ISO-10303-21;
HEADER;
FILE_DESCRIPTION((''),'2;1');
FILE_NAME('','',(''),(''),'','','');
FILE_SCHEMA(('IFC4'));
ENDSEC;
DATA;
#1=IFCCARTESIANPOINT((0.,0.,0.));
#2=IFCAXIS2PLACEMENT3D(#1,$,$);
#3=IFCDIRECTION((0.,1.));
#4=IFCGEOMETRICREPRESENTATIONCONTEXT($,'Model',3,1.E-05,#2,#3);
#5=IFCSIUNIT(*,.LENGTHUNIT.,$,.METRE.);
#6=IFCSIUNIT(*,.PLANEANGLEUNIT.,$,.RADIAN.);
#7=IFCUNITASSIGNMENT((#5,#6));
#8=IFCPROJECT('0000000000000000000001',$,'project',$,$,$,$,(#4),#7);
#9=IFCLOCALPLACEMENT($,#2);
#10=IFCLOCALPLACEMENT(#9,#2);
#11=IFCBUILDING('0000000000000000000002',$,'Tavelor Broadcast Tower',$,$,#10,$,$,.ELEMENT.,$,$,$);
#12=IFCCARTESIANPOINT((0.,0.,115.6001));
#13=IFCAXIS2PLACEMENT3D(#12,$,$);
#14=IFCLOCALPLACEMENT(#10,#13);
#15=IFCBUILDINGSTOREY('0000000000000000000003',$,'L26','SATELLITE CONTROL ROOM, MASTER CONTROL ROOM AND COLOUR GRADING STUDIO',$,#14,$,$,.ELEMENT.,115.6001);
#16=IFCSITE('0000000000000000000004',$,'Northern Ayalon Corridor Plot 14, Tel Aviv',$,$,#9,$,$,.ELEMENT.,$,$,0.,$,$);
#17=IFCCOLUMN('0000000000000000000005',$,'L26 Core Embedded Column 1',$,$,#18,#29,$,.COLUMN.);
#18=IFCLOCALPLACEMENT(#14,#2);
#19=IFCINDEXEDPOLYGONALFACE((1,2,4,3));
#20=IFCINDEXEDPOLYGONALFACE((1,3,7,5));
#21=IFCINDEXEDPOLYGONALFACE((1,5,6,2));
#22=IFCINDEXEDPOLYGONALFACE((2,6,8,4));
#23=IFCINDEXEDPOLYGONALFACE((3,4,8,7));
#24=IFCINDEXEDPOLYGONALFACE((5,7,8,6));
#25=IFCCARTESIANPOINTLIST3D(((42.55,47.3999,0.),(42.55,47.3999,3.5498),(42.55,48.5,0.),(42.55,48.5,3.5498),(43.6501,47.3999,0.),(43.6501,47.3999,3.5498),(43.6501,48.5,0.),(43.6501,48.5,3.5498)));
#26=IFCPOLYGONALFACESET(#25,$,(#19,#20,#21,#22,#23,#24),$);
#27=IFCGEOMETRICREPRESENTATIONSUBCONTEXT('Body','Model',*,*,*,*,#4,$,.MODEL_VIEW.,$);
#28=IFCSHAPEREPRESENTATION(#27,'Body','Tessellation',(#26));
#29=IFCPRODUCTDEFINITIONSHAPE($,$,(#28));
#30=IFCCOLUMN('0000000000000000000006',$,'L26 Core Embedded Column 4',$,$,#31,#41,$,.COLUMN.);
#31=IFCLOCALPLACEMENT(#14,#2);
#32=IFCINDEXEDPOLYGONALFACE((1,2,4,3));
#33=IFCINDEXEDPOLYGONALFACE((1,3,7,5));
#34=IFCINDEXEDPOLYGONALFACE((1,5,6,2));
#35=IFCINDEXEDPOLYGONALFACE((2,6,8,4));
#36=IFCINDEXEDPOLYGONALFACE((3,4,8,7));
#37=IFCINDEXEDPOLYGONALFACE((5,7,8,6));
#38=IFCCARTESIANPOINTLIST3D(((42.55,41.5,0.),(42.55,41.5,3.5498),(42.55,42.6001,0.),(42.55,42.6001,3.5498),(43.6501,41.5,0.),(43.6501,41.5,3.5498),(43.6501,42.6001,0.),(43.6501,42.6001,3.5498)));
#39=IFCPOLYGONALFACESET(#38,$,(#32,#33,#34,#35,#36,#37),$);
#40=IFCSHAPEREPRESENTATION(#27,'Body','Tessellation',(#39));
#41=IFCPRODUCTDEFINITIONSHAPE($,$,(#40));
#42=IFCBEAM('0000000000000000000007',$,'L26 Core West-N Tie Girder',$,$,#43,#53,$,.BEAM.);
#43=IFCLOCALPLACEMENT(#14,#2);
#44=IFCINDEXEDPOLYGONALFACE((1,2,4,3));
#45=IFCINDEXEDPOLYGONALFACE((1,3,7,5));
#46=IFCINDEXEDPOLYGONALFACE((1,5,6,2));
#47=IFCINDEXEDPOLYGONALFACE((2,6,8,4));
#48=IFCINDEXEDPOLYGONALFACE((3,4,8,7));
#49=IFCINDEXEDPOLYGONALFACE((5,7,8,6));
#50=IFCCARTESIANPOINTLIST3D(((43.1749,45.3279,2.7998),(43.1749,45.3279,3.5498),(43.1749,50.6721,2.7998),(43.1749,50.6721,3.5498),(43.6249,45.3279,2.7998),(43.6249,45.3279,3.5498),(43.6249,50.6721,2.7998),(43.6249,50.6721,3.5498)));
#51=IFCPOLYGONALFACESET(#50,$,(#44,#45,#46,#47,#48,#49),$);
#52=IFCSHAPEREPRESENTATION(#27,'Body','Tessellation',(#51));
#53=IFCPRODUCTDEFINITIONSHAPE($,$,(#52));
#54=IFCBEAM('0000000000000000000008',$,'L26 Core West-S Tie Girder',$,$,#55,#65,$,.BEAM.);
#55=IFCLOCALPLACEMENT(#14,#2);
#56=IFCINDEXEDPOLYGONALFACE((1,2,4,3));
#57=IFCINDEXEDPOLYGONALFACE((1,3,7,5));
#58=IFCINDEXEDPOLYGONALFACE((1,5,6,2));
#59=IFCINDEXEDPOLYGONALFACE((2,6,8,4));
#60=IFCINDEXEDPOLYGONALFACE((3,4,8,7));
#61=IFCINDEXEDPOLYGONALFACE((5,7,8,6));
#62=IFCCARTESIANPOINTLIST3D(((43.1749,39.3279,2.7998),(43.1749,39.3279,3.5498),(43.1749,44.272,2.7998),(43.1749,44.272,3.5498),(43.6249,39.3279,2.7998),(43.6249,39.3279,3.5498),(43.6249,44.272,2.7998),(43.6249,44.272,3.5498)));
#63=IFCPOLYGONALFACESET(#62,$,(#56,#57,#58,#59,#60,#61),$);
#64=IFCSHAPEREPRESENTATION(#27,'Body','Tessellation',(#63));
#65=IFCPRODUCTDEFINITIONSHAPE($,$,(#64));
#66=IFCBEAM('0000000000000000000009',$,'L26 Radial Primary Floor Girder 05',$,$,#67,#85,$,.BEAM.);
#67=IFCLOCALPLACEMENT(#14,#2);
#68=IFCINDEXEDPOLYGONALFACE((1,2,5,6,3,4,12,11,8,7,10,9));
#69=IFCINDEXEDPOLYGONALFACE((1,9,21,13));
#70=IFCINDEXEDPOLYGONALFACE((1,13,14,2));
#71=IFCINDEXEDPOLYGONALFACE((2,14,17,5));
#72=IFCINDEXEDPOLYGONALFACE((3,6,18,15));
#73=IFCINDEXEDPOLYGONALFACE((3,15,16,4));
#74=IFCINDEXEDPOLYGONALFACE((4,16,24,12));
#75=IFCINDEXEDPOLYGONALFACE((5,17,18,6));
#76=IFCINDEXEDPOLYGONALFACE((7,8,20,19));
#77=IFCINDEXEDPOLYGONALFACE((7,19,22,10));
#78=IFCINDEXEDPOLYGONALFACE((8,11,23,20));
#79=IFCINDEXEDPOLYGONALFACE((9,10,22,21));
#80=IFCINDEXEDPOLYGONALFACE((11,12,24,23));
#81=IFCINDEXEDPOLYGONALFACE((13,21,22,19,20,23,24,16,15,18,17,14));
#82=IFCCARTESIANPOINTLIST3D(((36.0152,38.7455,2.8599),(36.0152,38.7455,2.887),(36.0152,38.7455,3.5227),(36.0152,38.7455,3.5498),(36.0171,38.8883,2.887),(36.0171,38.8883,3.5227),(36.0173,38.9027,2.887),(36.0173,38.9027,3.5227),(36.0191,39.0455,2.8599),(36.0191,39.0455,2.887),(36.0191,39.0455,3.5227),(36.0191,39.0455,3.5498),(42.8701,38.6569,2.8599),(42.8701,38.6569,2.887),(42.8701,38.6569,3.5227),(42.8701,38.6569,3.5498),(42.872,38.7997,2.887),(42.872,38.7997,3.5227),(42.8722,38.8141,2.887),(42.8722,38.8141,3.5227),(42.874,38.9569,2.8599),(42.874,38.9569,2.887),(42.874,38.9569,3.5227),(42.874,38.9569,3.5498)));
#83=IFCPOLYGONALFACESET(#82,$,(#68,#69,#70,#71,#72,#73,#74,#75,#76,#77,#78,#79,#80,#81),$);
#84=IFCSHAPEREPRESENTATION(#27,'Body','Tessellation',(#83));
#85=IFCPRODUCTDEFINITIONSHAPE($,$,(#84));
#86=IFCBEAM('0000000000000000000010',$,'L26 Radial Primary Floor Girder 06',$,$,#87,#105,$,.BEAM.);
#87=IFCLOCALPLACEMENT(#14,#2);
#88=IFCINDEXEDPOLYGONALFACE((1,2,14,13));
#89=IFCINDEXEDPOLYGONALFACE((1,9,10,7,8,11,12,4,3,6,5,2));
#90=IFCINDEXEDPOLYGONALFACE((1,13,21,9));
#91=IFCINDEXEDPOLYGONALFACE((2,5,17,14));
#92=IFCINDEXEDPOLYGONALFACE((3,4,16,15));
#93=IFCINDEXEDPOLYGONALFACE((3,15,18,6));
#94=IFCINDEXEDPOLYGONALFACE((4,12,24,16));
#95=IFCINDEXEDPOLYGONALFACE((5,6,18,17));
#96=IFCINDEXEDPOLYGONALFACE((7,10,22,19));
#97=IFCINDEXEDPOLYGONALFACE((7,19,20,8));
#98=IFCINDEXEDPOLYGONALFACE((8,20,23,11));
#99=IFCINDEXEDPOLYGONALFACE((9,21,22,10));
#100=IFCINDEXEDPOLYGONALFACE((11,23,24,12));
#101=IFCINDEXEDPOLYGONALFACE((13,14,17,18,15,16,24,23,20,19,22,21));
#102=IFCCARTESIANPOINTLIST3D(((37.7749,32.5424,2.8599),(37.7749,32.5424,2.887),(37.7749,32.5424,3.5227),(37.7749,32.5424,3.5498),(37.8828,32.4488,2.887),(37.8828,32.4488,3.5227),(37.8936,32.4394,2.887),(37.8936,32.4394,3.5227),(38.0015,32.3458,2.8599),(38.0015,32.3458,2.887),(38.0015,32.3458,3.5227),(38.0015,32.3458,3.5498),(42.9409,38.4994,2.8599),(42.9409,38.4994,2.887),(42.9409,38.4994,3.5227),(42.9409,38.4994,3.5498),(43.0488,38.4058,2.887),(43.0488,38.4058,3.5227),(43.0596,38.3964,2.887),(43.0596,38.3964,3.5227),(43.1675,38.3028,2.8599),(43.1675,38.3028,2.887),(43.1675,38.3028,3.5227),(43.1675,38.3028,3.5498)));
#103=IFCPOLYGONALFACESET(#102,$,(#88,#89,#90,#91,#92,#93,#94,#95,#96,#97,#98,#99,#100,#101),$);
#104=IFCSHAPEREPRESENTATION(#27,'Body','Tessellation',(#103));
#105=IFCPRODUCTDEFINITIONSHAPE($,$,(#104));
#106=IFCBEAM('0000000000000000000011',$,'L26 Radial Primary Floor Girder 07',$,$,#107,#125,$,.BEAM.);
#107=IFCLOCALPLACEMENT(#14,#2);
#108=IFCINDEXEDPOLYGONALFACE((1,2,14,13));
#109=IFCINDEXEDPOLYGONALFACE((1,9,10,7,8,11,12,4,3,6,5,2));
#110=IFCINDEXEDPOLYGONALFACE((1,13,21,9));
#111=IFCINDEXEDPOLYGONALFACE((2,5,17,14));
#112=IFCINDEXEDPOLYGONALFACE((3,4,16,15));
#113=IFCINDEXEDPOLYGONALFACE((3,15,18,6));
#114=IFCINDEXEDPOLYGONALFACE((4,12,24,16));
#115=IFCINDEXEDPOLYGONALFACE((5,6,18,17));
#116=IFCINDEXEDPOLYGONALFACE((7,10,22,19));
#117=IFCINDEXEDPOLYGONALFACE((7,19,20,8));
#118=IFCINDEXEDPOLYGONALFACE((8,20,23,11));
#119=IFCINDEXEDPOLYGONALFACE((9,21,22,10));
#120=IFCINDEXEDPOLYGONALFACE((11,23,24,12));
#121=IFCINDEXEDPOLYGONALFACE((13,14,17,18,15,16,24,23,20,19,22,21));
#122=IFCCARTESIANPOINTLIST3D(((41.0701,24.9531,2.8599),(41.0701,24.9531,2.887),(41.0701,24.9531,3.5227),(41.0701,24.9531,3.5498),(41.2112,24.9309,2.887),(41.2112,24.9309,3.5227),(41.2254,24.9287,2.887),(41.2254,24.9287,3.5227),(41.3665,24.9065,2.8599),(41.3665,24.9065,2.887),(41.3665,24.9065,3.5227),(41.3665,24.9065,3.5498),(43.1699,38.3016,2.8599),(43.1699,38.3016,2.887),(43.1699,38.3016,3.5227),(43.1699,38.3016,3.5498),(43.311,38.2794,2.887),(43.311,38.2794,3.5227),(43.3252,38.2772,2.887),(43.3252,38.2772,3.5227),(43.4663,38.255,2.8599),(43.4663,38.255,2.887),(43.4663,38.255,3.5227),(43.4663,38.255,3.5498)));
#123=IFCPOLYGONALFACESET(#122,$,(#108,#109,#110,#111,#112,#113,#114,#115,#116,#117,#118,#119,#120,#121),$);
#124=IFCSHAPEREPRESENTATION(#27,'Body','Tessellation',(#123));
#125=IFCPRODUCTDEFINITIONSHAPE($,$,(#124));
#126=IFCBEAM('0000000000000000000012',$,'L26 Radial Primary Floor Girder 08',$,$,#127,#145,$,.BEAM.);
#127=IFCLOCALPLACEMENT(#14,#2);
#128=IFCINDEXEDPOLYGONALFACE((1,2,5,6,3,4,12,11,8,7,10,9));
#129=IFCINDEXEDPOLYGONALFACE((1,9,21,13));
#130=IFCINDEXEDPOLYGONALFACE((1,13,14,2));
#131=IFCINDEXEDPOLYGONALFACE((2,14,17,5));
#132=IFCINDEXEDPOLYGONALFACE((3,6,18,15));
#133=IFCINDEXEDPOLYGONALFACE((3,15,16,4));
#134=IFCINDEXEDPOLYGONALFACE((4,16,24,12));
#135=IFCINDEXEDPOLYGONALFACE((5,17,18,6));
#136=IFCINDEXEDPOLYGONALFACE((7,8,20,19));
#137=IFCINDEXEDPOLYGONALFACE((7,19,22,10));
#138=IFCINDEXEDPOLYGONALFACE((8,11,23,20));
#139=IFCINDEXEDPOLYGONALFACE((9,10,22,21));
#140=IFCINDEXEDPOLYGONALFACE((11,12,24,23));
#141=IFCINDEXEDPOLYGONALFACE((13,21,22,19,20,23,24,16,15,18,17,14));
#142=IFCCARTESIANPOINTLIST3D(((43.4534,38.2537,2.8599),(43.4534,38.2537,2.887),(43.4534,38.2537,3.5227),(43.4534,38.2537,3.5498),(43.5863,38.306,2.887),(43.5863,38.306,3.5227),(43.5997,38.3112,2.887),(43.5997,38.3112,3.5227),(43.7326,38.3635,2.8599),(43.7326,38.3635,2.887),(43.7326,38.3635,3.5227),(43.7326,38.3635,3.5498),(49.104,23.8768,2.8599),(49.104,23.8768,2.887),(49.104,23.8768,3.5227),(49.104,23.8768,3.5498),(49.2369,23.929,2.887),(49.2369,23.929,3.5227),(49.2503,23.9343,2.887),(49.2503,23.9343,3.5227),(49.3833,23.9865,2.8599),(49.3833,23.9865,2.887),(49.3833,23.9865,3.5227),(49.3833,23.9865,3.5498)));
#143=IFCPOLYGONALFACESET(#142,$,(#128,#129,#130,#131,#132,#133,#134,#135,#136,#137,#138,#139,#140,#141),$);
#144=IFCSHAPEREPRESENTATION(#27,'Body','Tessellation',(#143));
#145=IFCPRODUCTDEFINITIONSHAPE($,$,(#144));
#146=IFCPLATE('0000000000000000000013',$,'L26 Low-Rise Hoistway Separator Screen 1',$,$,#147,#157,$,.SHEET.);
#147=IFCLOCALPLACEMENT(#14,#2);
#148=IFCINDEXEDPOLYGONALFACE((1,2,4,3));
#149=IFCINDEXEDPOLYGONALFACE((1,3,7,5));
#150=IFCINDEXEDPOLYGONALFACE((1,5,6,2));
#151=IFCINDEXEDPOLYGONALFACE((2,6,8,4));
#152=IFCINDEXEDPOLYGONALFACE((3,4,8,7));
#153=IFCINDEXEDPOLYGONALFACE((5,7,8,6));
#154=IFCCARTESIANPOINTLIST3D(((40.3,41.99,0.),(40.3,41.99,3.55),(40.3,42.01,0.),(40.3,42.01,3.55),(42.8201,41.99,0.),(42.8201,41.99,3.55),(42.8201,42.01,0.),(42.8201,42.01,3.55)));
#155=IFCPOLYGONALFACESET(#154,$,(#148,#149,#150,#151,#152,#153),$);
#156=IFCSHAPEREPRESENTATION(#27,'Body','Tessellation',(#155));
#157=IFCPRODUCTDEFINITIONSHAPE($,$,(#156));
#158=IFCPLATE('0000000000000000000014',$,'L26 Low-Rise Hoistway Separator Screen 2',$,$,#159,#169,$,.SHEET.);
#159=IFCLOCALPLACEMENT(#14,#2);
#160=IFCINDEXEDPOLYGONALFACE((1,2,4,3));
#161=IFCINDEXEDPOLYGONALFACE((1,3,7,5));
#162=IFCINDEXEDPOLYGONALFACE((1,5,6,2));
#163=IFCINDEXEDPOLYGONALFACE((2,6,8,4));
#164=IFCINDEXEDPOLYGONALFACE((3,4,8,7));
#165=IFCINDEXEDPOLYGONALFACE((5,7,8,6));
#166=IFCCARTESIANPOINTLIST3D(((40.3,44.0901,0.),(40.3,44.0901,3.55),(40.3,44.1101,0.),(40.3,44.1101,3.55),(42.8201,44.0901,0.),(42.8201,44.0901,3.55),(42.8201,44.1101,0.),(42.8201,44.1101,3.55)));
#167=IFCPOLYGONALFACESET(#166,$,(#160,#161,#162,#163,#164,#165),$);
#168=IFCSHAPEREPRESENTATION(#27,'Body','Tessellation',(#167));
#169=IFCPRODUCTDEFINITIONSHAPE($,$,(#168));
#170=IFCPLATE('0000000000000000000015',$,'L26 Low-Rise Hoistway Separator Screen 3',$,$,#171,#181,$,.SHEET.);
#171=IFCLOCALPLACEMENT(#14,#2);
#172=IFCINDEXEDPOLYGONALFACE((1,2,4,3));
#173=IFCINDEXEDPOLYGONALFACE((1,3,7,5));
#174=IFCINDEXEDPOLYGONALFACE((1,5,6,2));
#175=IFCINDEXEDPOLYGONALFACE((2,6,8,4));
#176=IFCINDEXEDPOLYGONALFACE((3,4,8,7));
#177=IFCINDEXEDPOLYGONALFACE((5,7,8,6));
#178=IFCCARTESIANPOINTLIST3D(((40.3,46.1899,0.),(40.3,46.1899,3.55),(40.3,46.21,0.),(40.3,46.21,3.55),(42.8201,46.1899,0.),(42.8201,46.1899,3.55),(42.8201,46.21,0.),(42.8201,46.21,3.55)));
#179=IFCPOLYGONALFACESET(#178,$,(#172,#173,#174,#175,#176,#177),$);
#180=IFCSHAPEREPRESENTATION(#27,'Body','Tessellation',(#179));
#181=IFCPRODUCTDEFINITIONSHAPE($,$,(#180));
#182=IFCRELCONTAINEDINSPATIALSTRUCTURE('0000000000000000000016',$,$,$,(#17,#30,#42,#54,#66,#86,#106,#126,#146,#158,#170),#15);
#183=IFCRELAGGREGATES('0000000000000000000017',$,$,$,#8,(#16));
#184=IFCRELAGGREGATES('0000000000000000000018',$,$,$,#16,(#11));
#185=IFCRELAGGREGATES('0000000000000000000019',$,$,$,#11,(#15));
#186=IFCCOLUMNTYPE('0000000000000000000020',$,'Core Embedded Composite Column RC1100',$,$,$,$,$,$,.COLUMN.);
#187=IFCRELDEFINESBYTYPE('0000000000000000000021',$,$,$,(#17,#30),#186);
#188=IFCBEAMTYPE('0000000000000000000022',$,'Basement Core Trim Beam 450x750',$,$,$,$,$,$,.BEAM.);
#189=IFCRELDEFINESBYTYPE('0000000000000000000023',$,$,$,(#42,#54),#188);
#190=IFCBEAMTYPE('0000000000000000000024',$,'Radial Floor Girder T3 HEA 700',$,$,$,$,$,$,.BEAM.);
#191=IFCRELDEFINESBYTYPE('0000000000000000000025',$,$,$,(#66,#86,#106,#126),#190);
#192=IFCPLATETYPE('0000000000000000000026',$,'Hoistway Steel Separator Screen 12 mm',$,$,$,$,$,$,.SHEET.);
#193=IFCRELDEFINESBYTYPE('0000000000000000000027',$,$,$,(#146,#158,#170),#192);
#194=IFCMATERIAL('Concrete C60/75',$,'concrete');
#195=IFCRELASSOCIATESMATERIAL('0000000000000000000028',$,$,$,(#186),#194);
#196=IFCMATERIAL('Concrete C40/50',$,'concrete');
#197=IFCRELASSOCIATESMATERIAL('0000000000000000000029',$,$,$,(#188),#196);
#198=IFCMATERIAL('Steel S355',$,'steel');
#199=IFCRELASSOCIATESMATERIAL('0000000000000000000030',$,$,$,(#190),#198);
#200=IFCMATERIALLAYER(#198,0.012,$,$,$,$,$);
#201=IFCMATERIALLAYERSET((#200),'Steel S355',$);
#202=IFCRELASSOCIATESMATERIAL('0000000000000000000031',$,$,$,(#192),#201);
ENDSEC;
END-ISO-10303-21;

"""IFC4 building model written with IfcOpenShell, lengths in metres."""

from ifc_helpers import new_model, si_unit, direction, frame, origin, origin_2d, place, context, subcontext, project, spatial, rectangle, i_section, extrude, source, transform, mapped, material, layer, layer_set, material_profile, profile_set, type_object, type_shapes, element, save


model = new_model("IFC4")

# Units and contexts
model_context = context("Model", 3, precision=1e-05, world=origin(), true_north=direction((0.0, 1.0)))
body_context = subcontext(model_context, "Body", "Model", "MODEL_VIEW")
ifc_project = project(units=[si_unit("LENGTHUNIT", "METRE"), si_unit("PLANEANGLEUNIT", "RADIAN")], contexts=[model_context])

# Site, building, storey
site_placement = place(None, origin())
site = spatial("IfcSite", under=ifc_project, at=site_placement, Name="Northern Ayalon Corridor Plot 14, Tel Aviv", CompositionType="ELEMENT", RefElevation=0.0)
building_placement = place(site_placement, origin())
building = spatial("IfcBuilding", under=site, at=building_placement, Name="Tavelor Broadcast Tower", CompositionType="ELEMENT")
storey_placement = place(building_placement, frame((0.0, 0.0, 115.6001)))
storey = spatial("IfcBuildingStorey", under=building, at=storey_placement, Name="L26", Description="SATELLITE CONTROL ROOM, MASTER CONTROL ROOM AND COLOUR GRADING STUDIO", CompositionType="ELEMENT", Elevation=115.6001)

# Columns
ifc_material_1 = material(Name="Concrete C60/75", Category="concrete")
ifc_material_profile_1 = material_profile(ifc_material_1, rectangle(XDim=1.1001, YDim=1.1001, at=origin_2d()), Name="RC 1100x1100")
ifc_profile_set_1 = profile_set([ifc_material_profile_1], Name="Concrete C60/75")
column_type = type_object("IfcColumnType", Name="Core Embedded Composite Column RC1100", PredefinedType="COLUMN", material=ifc_profile_set_1)
for number, where, z_axis, x_axis, name in (
    (1, (43.1001, 47.95, 0.0), (0.0, 0.0, 1.0), (1.0, 0.0, 0.0), "L26 Core Embedded Column 1"),
    (2, (43.1001, 42.05, 0.0), (0.0, 0.0, 1.0), (1.0, 0.0, 0.0), "L26 Core Embedded Column 4"),
):
    element("IfcColumn", number, at=place(storey_placement, frame(where, z_axis=z_axis, x_axis=x_axis)), inside=storey, type_object=column_type, Name=name, PredefinedType="COLUMN", context=body_context, shape_type="SweptSolid", body=[
        extrude(rectangle(XDim=1.1001, YDim=1.1001, at=origin_2d()), origin(), (0.0, 0.0, 1.0), 3.5498),
    ])

# Beams
ifc_material_2 = material(Name="Concrete C40/50", Category="concrete")
ifc_material_profile_2 = material_profile(ifc_material_2, rectangle(XDim=0.45, YDim=0.75, at=origin_2d()), Name="RC 450x750")
ifc_profile_set_2 = profile_set([ifc_material_profile_2], Name="Concrete C40/50")
beam_type_1 = type_object("IfcBeamType", Name="Basement Core Trim Beam 450x750", PredefinedType="BEAM", material=ifc_profile_set_2)
beam_1_placement = place(storey_placement, frame((43.3999, 45.3279, 3.1748), z_axis=(0.0, 1.0, 0.0), x_axis=(-1.0, 0.0, 0.0)))
element("IfcBeam", 3, at=beam_1_placement, inside=storey, type_object=beam_type_1, Name="L26 Core West-N Tie Girder", PredefinedType="BEAM", context=body_context, shape_type="SweptSolid", body=[
    extrude(rectangle(XDim=0.45, YDim=0.75, at=origin_2d()), origin(), (0.0, 0.0, 1.0), 5.3442),
])
beam_2_placement = place(storey_placement, frame((43.3999, 39.3279, 3.1748), z_axis=(0.0, 1.0, 0.0), x_axis=(-1.0, 0.0, 0.0)))
element("IfcBeam", 4, at=beam_2_placement, inside=storey, type_object=beam_type_1, Name="L26 Core West-S Tie Girder", PredefinedType="BEAM", context=body_context, shape_type="SweptSolid", body=[
    extrude(rectangle(XDim=0.45, YDim=0.75, at=origin_2d()), origin(), (0.0, 0.0, 1.0), 4.9441),
])
ifc_material_3 = material(Name="Steel S355", Category="steel")
ifc_material_profile_3 = material_profile(ifc_material_3, i_section(OverallWidth=0.3, OverallDepth=0.6899, WebThickness=0.0144, FlangeThickness=0.0271, at=origin_2d()), Name="HEA 700")
ifc_profile_set_3 = profile_set([ifc_material_profile_3], Name="Steel S355")
beam_type_2 = type_object("IfcBeamType", Name="Radial Floor Girder T3 HEA 700", PredefinedType="BEAM", material=ifc_profile_set_3)
beam_3_placement = place(storey_placement, frame((42.8721, 38.8069, 3.2048), z_axis=(-0.999916, 0.012927, 0.0), x_axis=(-0.012927, -0.999916, 0.0)))
element("IfcBeam", 5, at=beam_3_placement, inside=storey, type_object=beam_type_2, Name="L26 Radial Primary Floor Girder 05", PredefinedType="BEAM", context=body_context, shape_type="SweptSolid", body=[
    extrude(i_section(OverallWidth=0.3, OverallDepth=0.6899, WebThickness=0.0144, FlangeThickness=0.0271, at=origin_2d()), origin(), (0.0, 0.0, 1.0), 6.8555),
])
beam_4_placement = place(storey_placement, frame((43.0542, 38.4011, 3.2048), z_axis=(-0.655166, -0.755485, 0.0), x_axis=(0.755485, -0.655166, 0.0)))
element("IfcBeam", 6, at=beam_4_placement, inside=storey, type_object=beam_type_2, Name="L26 Radial Primary Floor Girder 06", PredefinedType="BEAM", context=body_context, shape_type="SweptSolid", body=[
    extrude(i_section(OverallWidth=0.3, OverallDepth=0.6899, WebThickness=0.0144, FlangeThickness=0.0271, at=origin_2d()), origin(), (0.0, 0.0, 1.0), 7.885),
])
beam_5_placement = place(storey_placement, frame((43.3181, 38.2783, 3.2048), z_axis=(-0.155398, -0.987852, 0.0), x_axis=(0.987852, -0.155398, 0.0)))
element("IfcBeam", 7, at=beam_5_placement, inside=storey, type_object=beam_type_2, Name="L26 Radial Primary Floor Girder 07", PredefinedType="BEAM", context=body_context, shape_type="SweptSolid", body=[
    extrude(i_section(OverallWidth=0.3, OverallDepth=0.6899, WebThickness=0.0144, FlangeThickness=0.0271, at=origin_2d()), origin(), (0.0, 0.0, 1.0), 13.5127),
])
beam_6_placement = place(storey_placement, frame((43.593, 38.3086, 3.2048), z_axis=(0.365795, -0.930695, 0.0), x_axis=(0.930695, 0.365795, 0.0)))
element("IfcBeam", 8, at=beam_6_placement, inside=storey, type_object=beam_type_2, Name="L26 Radial Primary Floor Girder 08", PredefinedType="BEAM", context=body_context, shape_type="SweptSolid", body=[
    extrude(i_section(OverallWidth=0.3, OverallDepth=0.6899, WebThickness=0.0144, FlangeThickness=0.0271, at=origin_2d()), origin(), (0.0, 0.0, 1.0), 15.4475),
])

# Plates
ifc_layer_1 = layer(ifc_material_3, 0.012)
ifc_layer_set_1 = layer_set([ifc_layer_1], Name="Steel S355")
plate_type = type_object("IfcPlateType", Name="Hoistway Steel Separator Screen 12 mm", PredefinedType="SHEET", material=ifc_layer_set_1)
shared_shape = source(origin(), body_context, "Body", "SweptSolid", [
    extrude(rectangle(XDim=2.52, YDim=0.02, at=origin_2d()), origin(), (0.0, 0.0, 1.0), 3.55),
])
type_shapes(plate_type, [shared_shape])
for number, where, z_axis, x_axis, name in (
    (9, (41.5601, 42.0, 0.0), (0.0, 0.0, 1.0), (1.0, 0.0, 0.0), "L26 Low-Rise Hoistway Separator Screen 1"),
    (10, (41.5601, 44.1001, 0.0), (0.0, 0.0, 1.0), (1.0, 0.0, 0.0), "L26 Low-Rise Hoistway Separator Screen 2"),
    (11, (41.5601, 46.2, 0.0), (0.0, 0.0, 1.0), (1.0, 0.0, 0.0), "L26 Low-Rise Hoistway Separator Screen 3"),
):
    element("IfcPlate", number, at=place(storey_placement, frame(where, z_axis=z_axis, x_axis=x_axis)), inside=storey, type_object=plate_type, Name=name, PredefinedType="SHEET", context=body_context, shape_type="MappedRepresentation", body=[
        mapped(shared_shape, transform((0.0, 0.0, 0.0), scale=1.0)),
    ])

save(model, "model.ifc")
